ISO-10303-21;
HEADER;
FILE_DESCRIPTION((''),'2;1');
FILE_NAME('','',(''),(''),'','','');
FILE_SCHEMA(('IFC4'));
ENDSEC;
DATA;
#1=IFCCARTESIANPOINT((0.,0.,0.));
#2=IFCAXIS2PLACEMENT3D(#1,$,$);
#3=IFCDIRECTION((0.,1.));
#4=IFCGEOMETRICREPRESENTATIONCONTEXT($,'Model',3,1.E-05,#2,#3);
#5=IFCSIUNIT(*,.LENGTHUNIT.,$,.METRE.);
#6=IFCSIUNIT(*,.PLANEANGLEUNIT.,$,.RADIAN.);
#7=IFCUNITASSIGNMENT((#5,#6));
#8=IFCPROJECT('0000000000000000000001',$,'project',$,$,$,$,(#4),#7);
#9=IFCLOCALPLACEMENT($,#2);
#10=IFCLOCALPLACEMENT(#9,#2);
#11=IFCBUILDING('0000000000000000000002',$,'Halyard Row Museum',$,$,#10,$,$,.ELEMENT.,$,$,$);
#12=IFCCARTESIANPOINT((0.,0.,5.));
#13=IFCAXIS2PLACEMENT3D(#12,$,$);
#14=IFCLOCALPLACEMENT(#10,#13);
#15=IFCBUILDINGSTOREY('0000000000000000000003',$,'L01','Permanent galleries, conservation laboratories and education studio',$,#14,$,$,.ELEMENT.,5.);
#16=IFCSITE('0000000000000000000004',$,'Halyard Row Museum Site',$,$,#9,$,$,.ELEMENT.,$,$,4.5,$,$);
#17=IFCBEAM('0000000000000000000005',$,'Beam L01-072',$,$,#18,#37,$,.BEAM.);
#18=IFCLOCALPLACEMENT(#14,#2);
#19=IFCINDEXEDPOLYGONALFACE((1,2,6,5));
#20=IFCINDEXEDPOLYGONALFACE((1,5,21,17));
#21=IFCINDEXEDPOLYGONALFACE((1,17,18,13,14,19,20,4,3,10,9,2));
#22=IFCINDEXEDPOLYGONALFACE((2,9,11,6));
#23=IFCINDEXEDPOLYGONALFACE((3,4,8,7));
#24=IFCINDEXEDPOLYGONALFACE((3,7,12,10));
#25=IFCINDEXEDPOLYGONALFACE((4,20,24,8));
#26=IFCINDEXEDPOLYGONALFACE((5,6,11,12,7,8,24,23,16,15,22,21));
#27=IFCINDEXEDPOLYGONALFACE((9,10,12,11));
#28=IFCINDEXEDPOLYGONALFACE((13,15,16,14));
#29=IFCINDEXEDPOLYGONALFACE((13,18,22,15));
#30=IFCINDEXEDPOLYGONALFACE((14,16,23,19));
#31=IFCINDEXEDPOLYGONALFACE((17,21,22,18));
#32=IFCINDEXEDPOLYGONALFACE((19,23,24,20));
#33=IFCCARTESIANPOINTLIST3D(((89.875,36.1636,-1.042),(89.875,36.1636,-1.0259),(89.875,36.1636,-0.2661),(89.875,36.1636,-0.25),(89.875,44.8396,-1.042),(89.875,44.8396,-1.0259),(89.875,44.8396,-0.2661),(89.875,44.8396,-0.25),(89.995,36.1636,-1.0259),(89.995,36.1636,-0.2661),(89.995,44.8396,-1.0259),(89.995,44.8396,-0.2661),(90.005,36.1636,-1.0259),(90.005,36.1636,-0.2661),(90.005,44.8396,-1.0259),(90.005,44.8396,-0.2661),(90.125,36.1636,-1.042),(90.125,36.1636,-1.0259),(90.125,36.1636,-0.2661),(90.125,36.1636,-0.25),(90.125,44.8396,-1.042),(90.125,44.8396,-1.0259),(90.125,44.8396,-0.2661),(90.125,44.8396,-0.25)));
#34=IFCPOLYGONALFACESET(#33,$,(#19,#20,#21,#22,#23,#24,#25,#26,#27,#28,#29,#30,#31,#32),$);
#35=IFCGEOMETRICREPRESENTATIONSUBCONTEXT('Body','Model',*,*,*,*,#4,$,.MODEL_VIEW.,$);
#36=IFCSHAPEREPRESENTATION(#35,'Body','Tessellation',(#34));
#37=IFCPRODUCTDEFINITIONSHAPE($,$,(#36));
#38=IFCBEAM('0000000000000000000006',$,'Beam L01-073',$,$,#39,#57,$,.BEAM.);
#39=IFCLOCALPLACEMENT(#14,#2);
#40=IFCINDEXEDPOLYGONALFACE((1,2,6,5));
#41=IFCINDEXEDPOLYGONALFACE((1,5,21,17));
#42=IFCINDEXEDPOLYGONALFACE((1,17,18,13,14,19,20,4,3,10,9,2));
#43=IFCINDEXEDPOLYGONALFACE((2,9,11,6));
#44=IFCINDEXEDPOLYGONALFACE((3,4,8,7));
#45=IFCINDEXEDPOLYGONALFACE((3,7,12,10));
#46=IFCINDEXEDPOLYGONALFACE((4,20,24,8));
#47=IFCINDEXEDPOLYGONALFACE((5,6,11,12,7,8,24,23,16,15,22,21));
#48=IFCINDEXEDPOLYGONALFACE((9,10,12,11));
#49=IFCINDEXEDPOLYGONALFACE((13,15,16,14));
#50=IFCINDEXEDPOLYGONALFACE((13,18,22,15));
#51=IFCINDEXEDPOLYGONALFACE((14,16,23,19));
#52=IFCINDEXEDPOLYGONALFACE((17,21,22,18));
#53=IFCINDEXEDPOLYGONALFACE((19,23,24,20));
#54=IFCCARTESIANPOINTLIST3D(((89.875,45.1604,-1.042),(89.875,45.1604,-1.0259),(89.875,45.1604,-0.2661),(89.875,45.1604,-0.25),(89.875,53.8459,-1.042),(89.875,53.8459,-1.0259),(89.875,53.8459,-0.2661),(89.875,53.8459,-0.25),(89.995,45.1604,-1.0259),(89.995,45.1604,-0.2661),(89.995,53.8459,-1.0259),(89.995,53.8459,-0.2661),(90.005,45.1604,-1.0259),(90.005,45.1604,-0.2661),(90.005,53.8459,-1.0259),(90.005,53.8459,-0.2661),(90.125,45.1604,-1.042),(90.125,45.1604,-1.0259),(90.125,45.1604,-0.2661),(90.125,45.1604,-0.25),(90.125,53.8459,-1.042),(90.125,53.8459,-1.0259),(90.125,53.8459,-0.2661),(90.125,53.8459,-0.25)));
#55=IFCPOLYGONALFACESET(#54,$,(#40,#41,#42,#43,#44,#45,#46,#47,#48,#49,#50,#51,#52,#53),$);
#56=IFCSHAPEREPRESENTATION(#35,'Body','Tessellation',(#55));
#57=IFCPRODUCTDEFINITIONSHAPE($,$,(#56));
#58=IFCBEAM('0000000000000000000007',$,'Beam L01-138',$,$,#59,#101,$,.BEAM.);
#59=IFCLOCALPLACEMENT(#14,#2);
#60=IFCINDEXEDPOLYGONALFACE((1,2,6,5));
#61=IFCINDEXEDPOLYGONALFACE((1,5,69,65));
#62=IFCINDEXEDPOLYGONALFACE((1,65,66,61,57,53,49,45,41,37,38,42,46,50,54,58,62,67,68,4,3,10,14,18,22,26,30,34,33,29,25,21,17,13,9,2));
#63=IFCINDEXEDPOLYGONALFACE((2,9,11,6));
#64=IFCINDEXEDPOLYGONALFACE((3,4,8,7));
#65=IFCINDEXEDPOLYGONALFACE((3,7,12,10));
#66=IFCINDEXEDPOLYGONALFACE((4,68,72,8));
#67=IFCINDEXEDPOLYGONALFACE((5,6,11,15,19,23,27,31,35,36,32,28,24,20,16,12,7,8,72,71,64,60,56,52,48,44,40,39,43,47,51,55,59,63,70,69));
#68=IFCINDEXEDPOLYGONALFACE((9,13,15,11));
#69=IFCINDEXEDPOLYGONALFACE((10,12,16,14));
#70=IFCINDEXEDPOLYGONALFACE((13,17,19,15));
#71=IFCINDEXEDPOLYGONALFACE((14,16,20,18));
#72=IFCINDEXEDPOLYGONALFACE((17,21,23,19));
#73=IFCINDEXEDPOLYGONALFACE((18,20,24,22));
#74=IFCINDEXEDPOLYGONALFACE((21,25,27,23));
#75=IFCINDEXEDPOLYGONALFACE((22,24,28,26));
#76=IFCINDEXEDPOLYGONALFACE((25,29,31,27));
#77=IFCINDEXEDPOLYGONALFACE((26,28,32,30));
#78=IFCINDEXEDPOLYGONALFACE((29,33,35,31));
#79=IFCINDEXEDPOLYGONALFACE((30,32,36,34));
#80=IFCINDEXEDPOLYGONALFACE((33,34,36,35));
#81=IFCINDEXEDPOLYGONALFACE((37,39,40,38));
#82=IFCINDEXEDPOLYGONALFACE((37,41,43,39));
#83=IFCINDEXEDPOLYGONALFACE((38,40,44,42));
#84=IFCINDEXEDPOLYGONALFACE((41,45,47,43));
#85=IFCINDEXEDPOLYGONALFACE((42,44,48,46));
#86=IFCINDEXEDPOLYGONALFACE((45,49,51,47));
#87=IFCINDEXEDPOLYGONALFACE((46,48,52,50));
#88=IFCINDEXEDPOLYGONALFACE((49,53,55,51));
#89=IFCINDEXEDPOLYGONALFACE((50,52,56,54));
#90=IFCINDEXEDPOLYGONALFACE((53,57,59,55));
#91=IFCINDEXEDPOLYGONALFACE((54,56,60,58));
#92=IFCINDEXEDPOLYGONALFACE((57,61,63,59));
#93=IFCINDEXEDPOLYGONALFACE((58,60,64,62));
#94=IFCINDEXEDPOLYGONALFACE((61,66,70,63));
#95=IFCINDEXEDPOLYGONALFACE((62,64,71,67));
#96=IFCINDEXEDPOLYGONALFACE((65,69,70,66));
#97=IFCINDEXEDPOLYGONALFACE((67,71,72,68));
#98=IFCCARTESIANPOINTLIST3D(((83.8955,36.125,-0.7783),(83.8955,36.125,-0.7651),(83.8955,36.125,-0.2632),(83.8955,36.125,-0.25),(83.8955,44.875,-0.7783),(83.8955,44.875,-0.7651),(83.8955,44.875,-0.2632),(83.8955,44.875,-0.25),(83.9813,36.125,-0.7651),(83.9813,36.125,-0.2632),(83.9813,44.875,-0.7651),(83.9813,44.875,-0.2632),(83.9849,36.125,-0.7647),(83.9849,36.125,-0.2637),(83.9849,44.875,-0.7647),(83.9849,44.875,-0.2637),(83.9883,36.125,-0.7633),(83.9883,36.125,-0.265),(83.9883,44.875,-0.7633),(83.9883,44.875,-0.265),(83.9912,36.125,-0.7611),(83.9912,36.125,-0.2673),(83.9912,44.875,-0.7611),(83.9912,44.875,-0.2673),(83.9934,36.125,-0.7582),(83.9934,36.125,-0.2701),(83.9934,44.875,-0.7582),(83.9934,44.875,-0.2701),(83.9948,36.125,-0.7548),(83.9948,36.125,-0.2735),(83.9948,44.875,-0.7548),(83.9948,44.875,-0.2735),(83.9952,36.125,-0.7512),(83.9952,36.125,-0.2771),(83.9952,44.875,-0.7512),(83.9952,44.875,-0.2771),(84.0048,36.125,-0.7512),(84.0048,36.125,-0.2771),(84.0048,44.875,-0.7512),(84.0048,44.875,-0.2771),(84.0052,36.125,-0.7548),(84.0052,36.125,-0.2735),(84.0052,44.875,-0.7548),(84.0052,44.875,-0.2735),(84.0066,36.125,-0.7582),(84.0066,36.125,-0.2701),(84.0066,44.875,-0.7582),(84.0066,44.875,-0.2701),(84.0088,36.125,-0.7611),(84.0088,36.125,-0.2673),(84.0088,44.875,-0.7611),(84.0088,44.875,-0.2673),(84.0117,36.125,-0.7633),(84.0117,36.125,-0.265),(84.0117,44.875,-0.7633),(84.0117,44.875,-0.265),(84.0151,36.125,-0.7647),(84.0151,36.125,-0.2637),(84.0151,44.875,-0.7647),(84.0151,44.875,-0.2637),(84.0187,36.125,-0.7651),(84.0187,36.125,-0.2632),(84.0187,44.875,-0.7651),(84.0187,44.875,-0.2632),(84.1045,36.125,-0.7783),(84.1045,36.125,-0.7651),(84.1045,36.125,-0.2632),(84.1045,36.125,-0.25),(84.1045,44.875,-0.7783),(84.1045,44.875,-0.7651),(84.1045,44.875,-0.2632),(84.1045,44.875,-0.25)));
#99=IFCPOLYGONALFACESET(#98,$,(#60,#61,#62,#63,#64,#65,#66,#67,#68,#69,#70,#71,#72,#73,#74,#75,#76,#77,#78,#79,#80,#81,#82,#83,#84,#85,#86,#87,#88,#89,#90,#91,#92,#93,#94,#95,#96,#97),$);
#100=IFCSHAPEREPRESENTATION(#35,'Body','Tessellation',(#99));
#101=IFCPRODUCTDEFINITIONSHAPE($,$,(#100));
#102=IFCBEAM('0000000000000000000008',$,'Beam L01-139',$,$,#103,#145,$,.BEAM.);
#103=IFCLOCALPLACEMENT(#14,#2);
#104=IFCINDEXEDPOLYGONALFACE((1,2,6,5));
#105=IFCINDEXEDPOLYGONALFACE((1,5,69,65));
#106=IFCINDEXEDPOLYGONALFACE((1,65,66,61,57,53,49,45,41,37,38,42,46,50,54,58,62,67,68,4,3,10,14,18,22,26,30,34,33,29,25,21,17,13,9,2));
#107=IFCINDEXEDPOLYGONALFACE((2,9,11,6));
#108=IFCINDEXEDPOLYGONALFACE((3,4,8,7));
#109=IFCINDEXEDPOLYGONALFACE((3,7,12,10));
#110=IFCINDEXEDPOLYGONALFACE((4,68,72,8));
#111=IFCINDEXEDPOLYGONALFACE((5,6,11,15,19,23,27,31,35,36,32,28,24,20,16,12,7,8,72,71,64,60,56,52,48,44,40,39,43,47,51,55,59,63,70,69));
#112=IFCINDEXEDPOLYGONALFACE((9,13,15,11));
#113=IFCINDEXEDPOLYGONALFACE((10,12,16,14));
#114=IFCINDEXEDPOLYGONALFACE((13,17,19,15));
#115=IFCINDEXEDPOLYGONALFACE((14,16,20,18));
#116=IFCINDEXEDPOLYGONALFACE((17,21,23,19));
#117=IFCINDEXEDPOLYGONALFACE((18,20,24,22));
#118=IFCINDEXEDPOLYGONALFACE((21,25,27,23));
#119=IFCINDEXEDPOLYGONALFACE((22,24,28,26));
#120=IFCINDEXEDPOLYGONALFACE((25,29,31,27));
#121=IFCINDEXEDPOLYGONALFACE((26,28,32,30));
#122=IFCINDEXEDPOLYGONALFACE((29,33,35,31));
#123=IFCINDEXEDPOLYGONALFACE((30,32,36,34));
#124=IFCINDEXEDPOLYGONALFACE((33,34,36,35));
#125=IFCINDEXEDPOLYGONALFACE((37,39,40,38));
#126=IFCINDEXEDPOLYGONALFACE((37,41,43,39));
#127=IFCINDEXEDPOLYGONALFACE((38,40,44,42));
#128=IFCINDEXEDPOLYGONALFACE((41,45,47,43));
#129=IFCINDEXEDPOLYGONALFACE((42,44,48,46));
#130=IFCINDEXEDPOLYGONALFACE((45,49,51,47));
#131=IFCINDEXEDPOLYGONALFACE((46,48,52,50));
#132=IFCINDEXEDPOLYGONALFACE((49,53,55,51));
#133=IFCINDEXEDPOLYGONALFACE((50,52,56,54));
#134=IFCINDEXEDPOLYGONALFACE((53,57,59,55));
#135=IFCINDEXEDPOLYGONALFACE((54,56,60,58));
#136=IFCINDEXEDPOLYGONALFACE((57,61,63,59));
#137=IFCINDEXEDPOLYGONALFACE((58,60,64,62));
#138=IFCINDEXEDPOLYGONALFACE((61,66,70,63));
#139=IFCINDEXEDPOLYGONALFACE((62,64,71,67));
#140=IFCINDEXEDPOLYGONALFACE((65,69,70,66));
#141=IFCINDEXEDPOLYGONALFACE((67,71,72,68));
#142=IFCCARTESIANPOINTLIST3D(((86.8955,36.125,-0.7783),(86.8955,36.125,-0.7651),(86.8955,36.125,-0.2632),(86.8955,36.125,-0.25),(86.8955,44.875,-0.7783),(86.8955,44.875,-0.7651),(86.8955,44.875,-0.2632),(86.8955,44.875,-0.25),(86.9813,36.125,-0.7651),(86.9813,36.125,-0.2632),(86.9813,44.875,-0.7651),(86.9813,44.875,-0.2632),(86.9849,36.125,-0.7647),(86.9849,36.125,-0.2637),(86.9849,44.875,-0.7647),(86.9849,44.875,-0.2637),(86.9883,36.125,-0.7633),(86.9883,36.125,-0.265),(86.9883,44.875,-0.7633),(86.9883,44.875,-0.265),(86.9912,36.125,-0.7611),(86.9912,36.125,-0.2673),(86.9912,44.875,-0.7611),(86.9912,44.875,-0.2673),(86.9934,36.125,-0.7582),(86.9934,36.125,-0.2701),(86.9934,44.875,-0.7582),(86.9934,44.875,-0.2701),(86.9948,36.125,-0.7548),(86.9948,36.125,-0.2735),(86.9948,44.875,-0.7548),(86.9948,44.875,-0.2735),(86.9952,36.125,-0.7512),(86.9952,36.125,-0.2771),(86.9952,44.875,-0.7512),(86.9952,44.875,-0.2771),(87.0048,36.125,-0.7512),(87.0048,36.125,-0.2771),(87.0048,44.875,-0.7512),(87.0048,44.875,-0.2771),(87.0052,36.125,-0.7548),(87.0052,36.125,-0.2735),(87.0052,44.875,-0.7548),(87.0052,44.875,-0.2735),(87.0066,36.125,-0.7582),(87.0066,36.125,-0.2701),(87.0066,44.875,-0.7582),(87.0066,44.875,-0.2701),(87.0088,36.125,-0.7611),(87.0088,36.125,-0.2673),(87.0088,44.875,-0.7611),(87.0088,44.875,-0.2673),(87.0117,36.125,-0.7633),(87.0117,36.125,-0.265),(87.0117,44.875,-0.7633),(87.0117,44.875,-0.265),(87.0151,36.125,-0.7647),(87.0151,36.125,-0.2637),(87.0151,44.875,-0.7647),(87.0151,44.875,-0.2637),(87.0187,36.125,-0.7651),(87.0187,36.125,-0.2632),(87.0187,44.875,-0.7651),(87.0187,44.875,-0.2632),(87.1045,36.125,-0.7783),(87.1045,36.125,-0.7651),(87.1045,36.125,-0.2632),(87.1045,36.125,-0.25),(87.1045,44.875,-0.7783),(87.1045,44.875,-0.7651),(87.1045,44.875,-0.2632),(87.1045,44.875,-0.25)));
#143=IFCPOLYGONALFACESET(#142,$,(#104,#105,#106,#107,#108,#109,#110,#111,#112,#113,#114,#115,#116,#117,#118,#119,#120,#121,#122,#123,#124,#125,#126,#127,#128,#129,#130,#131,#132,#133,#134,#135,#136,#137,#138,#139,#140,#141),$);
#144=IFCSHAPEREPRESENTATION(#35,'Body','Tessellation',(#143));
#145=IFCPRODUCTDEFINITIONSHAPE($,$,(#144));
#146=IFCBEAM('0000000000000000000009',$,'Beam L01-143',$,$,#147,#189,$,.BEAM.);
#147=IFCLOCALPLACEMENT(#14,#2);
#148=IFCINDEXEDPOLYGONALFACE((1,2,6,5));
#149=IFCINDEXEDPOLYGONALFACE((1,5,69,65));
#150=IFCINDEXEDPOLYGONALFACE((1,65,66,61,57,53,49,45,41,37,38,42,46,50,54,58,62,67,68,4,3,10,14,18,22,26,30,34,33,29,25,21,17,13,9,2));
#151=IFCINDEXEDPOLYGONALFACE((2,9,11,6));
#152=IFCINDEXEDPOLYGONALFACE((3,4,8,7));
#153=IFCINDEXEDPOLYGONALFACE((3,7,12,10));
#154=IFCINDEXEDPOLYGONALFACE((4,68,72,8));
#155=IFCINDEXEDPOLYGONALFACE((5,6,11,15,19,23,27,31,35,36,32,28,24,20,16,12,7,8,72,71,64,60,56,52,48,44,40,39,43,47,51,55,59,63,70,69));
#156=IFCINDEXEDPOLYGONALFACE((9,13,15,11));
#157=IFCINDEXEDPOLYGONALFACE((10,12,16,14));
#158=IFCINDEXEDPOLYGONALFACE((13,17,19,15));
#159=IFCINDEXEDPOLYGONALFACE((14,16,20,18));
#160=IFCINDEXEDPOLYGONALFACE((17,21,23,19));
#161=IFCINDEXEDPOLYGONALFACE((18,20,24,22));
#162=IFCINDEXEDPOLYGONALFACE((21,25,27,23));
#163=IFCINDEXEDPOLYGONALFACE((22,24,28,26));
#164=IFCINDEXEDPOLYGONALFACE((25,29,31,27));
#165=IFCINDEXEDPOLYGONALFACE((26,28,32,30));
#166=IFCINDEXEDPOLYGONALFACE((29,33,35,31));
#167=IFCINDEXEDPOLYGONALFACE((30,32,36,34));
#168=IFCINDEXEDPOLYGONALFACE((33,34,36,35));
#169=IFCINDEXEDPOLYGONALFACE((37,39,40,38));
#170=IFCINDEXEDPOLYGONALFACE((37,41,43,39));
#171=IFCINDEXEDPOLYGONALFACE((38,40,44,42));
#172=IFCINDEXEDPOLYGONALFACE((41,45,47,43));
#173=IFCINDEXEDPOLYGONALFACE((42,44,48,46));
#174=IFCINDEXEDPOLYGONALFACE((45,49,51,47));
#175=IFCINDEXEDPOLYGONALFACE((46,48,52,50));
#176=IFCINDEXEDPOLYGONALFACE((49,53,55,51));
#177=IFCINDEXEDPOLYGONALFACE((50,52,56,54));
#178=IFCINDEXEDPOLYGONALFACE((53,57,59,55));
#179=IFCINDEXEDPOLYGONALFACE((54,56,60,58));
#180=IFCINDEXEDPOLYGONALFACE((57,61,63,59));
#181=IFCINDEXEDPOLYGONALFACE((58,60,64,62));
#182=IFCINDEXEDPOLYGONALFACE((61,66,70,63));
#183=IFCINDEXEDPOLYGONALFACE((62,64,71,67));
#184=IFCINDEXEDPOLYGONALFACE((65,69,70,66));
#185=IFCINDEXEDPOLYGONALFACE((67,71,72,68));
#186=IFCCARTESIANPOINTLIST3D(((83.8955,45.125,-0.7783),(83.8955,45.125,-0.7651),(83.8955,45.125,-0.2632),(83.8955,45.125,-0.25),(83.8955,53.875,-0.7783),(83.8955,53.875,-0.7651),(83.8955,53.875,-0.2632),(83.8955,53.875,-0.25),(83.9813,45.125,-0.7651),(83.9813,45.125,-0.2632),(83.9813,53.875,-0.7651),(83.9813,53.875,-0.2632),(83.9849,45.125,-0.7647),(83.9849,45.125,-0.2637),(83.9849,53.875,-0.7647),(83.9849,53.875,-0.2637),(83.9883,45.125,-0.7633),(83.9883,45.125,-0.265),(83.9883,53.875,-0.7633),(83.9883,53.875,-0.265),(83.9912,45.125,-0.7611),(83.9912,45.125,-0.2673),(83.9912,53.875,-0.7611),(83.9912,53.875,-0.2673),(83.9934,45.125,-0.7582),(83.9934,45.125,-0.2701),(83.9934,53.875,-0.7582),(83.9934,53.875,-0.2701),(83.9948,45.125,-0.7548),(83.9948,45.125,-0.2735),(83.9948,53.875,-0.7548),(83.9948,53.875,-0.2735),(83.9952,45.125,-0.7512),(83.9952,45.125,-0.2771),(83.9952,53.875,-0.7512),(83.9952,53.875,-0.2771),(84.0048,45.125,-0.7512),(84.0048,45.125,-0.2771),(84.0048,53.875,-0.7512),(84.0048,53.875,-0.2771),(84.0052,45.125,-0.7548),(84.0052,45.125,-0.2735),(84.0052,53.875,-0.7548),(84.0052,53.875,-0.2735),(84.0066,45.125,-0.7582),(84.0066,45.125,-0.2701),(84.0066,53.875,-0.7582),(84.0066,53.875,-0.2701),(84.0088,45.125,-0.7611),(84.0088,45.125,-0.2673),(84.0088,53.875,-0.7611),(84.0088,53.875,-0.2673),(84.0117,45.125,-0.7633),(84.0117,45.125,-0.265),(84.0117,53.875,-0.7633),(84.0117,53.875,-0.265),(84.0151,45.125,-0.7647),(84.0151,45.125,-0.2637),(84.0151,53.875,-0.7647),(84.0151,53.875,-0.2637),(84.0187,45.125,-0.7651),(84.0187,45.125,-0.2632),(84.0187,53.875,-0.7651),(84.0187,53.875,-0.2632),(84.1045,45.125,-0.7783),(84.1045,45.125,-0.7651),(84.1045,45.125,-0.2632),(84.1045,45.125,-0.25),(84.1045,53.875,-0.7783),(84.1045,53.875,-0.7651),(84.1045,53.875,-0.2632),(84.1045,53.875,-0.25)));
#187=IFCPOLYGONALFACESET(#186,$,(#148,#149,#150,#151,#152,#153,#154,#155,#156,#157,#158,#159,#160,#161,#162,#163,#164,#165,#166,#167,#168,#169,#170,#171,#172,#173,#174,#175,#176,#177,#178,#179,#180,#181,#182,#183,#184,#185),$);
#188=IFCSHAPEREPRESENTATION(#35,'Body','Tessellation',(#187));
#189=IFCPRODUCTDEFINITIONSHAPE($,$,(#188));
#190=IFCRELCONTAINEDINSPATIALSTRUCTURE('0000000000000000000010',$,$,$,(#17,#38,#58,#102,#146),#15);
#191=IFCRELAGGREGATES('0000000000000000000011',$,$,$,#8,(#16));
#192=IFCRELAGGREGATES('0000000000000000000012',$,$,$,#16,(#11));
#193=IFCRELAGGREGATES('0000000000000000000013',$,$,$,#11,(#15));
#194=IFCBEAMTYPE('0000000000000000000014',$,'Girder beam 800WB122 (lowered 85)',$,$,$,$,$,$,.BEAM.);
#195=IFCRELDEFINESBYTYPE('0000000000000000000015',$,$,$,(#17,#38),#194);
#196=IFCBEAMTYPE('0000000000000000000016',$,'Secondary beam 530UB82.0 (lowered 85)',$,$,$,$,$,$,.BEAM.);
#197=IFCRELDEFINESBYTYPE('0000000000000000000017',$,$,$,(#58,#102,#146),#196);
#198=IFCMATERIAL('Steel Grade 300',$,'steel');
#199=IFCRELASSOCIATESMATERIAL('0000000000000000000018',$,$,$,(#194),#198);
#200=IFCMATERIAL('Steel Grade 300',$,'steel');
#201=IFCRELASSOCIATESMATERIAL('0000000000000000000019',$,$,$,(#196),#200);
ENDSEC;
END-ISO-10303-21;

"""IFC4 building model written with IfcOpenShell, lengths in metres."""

from ifc_helpers import new_model, si_unit, direction, frame, origin, origin_2d, place, context, subcontext, project, spatial, i_section, extrude, material, material_profile, profile_set, type_object, element, save


model = new_model("IFC4")

# Units and contexts
model_context = context("Model", 3, precision=1e-05, world=origin(), true_north=direction((0.0, 1.0)))
body_context = subcontext(model_context, "Body", "Model", "MODEL_VIEW")
ifc_project = project(units=[si_unit("LENGTHUNIT", "METRE"), si_unit("PLANEANGLEUNIT", "RADIAN")], contexts=[model_context])

# Site, building, storey
site_placement = place(None, origin())
site = spatial("IfcSite", under=ifc_project, at=site_placement, Name="Halyard Row Museum Site", CompositionType="ELEMENT", RefElevation=4.5)
building_placement = place(site_placement, origin())
building = spatial("IfcBuilding", under=site, at=building_placement, Name="Halyard Row Museum", CompositionType="ELEMENT")
storey_placement = place(building_placement, frame((0.0, 0.0, 5.0)))
storey = spatial("IfcBuildingStorey", under=building, at=storey_placement, Name="L01", Description="Permanent galleries, conservation laboratories and education studio", CompositionType="ELEMENT", Elevation=5.0)

# Beams
ifc_material_1 = material(Name="Steel Grade 300", Category="steel")
ifc_material_profile_1 = material_profile(ifc_material_1, i_section(OverallWidth=0.25, OverallDepth=0.792, WebThickness=0.01, FlangeThickness=0.0161, at=origin_2d()), Name="800WB122")
ifc_profile_set_1 = profile_set([ifc_material_profile_1], Name="Steel Grade 300")
beam_type_1 = type_object("IfcBeamType", Name="Girder beam 800WB122 (lowered 85)", PredefinedType="BEAM", material=ifc_profile_set_1)
beam_1_placement = place(storey_placement, frame((90.0, 36.1636, -0.646), z_axis=(0.0, 1.0, 0.0), x_axis=(-1.0, 0.0, 0.0)))
element("IfcBeam", 1, at=beam_1_placement, inside=storey, type_object=beam_type_1, Name="Beam L01-072", PredefinedType="BEAM", context=body_context, shape_type="SweptSolid", body=[
    extrude(i_section(OverallWidth=0.25, OverallDepth=0.792, WebThickness=0.01, FlangeThickness=0.0161, at=origin_2d()), origin(), (0.0, 0.0, 1.0), 8.676),
])
beam_2_placement = place(storey_placement, frame((90.0, 45.1604, -0.646), z_axis=(0.0, 1.0, 0.0), x_axis=(-1.0, 0.0, 0.0)))
element("IfcBeam", 2, at=beam_2_placement, inside=storey, type_object=beam_type_1, Name="Beam L01-073", PredefinedType="BEAM", context=body_context, shape_type="SweptSolid", body=[
    extrude(i_section(OverallWidth=0.25, OverallDepth=0.792, WebThickness=0.01, FlangeThickness=0.0161, at=origin_2d()), origin(), (0.0, 0.0, 1.0), 8.6855),
])
ifc_material_2 = material(Name="Steel Grade 300", Category="steel")
ifc_material_profile_2 = material_profile(ifc_material_2, i_section(OverallWidth=0.209, OverallDepth=0.5283, WebThickness=0.0095, FlangeThickness=0.0132, FilletRadius=0.0139, at=origin_2d()), Name="530UB82.0")
ifc_profile_set_2 = profile_set([ifc_material_profile_2], Name="Steel Grade 300")
beam_type_2 = type_object("IfcBeamType", Name="Secondary beam 530UB82.0 (lowered 85)", PredefinedType="BEAM", material=ifc_profile_set_2)
for number, where, z_axis, x_axis, name in (
    (3, (84.0, 36.125, -0.5142), (0.0, 1.0, 0.0), (-1.0, 0.0, 0.0), "Beam L01-138"),
    (4, (87.0, 36.125, -0.5142), (0.0, 1.0, 0.0), (-1.0, 0.0, 0.0), "Beam L01-139"),
    (5, (84.0, 45.125, -0.5142), (0.0, 1.0, 0.0), (-1.0, 0.0, 0.0), "Beam L01-143"),
):
    element("IfcBeam", number, at=place(storey_placement, frame(where, z_axis=z_axis, x_axis=x_axis)), inside=storey, type_object=beam_type_2, Name=name, PredefinedType="BEAM", context=body_context, shape_type="SweptSolid", body=[
        extrude(i_section(OverallWidth=0.209, OverallDepth=0.5283, WebThickness=0.0095, FlangeThickness=0.0132, FilletRadius=0.0139, at=origin_2d()), origin(), (0.0, 0.0, 1.0), 8.75),
    ])

save(model, "model.ifc")
